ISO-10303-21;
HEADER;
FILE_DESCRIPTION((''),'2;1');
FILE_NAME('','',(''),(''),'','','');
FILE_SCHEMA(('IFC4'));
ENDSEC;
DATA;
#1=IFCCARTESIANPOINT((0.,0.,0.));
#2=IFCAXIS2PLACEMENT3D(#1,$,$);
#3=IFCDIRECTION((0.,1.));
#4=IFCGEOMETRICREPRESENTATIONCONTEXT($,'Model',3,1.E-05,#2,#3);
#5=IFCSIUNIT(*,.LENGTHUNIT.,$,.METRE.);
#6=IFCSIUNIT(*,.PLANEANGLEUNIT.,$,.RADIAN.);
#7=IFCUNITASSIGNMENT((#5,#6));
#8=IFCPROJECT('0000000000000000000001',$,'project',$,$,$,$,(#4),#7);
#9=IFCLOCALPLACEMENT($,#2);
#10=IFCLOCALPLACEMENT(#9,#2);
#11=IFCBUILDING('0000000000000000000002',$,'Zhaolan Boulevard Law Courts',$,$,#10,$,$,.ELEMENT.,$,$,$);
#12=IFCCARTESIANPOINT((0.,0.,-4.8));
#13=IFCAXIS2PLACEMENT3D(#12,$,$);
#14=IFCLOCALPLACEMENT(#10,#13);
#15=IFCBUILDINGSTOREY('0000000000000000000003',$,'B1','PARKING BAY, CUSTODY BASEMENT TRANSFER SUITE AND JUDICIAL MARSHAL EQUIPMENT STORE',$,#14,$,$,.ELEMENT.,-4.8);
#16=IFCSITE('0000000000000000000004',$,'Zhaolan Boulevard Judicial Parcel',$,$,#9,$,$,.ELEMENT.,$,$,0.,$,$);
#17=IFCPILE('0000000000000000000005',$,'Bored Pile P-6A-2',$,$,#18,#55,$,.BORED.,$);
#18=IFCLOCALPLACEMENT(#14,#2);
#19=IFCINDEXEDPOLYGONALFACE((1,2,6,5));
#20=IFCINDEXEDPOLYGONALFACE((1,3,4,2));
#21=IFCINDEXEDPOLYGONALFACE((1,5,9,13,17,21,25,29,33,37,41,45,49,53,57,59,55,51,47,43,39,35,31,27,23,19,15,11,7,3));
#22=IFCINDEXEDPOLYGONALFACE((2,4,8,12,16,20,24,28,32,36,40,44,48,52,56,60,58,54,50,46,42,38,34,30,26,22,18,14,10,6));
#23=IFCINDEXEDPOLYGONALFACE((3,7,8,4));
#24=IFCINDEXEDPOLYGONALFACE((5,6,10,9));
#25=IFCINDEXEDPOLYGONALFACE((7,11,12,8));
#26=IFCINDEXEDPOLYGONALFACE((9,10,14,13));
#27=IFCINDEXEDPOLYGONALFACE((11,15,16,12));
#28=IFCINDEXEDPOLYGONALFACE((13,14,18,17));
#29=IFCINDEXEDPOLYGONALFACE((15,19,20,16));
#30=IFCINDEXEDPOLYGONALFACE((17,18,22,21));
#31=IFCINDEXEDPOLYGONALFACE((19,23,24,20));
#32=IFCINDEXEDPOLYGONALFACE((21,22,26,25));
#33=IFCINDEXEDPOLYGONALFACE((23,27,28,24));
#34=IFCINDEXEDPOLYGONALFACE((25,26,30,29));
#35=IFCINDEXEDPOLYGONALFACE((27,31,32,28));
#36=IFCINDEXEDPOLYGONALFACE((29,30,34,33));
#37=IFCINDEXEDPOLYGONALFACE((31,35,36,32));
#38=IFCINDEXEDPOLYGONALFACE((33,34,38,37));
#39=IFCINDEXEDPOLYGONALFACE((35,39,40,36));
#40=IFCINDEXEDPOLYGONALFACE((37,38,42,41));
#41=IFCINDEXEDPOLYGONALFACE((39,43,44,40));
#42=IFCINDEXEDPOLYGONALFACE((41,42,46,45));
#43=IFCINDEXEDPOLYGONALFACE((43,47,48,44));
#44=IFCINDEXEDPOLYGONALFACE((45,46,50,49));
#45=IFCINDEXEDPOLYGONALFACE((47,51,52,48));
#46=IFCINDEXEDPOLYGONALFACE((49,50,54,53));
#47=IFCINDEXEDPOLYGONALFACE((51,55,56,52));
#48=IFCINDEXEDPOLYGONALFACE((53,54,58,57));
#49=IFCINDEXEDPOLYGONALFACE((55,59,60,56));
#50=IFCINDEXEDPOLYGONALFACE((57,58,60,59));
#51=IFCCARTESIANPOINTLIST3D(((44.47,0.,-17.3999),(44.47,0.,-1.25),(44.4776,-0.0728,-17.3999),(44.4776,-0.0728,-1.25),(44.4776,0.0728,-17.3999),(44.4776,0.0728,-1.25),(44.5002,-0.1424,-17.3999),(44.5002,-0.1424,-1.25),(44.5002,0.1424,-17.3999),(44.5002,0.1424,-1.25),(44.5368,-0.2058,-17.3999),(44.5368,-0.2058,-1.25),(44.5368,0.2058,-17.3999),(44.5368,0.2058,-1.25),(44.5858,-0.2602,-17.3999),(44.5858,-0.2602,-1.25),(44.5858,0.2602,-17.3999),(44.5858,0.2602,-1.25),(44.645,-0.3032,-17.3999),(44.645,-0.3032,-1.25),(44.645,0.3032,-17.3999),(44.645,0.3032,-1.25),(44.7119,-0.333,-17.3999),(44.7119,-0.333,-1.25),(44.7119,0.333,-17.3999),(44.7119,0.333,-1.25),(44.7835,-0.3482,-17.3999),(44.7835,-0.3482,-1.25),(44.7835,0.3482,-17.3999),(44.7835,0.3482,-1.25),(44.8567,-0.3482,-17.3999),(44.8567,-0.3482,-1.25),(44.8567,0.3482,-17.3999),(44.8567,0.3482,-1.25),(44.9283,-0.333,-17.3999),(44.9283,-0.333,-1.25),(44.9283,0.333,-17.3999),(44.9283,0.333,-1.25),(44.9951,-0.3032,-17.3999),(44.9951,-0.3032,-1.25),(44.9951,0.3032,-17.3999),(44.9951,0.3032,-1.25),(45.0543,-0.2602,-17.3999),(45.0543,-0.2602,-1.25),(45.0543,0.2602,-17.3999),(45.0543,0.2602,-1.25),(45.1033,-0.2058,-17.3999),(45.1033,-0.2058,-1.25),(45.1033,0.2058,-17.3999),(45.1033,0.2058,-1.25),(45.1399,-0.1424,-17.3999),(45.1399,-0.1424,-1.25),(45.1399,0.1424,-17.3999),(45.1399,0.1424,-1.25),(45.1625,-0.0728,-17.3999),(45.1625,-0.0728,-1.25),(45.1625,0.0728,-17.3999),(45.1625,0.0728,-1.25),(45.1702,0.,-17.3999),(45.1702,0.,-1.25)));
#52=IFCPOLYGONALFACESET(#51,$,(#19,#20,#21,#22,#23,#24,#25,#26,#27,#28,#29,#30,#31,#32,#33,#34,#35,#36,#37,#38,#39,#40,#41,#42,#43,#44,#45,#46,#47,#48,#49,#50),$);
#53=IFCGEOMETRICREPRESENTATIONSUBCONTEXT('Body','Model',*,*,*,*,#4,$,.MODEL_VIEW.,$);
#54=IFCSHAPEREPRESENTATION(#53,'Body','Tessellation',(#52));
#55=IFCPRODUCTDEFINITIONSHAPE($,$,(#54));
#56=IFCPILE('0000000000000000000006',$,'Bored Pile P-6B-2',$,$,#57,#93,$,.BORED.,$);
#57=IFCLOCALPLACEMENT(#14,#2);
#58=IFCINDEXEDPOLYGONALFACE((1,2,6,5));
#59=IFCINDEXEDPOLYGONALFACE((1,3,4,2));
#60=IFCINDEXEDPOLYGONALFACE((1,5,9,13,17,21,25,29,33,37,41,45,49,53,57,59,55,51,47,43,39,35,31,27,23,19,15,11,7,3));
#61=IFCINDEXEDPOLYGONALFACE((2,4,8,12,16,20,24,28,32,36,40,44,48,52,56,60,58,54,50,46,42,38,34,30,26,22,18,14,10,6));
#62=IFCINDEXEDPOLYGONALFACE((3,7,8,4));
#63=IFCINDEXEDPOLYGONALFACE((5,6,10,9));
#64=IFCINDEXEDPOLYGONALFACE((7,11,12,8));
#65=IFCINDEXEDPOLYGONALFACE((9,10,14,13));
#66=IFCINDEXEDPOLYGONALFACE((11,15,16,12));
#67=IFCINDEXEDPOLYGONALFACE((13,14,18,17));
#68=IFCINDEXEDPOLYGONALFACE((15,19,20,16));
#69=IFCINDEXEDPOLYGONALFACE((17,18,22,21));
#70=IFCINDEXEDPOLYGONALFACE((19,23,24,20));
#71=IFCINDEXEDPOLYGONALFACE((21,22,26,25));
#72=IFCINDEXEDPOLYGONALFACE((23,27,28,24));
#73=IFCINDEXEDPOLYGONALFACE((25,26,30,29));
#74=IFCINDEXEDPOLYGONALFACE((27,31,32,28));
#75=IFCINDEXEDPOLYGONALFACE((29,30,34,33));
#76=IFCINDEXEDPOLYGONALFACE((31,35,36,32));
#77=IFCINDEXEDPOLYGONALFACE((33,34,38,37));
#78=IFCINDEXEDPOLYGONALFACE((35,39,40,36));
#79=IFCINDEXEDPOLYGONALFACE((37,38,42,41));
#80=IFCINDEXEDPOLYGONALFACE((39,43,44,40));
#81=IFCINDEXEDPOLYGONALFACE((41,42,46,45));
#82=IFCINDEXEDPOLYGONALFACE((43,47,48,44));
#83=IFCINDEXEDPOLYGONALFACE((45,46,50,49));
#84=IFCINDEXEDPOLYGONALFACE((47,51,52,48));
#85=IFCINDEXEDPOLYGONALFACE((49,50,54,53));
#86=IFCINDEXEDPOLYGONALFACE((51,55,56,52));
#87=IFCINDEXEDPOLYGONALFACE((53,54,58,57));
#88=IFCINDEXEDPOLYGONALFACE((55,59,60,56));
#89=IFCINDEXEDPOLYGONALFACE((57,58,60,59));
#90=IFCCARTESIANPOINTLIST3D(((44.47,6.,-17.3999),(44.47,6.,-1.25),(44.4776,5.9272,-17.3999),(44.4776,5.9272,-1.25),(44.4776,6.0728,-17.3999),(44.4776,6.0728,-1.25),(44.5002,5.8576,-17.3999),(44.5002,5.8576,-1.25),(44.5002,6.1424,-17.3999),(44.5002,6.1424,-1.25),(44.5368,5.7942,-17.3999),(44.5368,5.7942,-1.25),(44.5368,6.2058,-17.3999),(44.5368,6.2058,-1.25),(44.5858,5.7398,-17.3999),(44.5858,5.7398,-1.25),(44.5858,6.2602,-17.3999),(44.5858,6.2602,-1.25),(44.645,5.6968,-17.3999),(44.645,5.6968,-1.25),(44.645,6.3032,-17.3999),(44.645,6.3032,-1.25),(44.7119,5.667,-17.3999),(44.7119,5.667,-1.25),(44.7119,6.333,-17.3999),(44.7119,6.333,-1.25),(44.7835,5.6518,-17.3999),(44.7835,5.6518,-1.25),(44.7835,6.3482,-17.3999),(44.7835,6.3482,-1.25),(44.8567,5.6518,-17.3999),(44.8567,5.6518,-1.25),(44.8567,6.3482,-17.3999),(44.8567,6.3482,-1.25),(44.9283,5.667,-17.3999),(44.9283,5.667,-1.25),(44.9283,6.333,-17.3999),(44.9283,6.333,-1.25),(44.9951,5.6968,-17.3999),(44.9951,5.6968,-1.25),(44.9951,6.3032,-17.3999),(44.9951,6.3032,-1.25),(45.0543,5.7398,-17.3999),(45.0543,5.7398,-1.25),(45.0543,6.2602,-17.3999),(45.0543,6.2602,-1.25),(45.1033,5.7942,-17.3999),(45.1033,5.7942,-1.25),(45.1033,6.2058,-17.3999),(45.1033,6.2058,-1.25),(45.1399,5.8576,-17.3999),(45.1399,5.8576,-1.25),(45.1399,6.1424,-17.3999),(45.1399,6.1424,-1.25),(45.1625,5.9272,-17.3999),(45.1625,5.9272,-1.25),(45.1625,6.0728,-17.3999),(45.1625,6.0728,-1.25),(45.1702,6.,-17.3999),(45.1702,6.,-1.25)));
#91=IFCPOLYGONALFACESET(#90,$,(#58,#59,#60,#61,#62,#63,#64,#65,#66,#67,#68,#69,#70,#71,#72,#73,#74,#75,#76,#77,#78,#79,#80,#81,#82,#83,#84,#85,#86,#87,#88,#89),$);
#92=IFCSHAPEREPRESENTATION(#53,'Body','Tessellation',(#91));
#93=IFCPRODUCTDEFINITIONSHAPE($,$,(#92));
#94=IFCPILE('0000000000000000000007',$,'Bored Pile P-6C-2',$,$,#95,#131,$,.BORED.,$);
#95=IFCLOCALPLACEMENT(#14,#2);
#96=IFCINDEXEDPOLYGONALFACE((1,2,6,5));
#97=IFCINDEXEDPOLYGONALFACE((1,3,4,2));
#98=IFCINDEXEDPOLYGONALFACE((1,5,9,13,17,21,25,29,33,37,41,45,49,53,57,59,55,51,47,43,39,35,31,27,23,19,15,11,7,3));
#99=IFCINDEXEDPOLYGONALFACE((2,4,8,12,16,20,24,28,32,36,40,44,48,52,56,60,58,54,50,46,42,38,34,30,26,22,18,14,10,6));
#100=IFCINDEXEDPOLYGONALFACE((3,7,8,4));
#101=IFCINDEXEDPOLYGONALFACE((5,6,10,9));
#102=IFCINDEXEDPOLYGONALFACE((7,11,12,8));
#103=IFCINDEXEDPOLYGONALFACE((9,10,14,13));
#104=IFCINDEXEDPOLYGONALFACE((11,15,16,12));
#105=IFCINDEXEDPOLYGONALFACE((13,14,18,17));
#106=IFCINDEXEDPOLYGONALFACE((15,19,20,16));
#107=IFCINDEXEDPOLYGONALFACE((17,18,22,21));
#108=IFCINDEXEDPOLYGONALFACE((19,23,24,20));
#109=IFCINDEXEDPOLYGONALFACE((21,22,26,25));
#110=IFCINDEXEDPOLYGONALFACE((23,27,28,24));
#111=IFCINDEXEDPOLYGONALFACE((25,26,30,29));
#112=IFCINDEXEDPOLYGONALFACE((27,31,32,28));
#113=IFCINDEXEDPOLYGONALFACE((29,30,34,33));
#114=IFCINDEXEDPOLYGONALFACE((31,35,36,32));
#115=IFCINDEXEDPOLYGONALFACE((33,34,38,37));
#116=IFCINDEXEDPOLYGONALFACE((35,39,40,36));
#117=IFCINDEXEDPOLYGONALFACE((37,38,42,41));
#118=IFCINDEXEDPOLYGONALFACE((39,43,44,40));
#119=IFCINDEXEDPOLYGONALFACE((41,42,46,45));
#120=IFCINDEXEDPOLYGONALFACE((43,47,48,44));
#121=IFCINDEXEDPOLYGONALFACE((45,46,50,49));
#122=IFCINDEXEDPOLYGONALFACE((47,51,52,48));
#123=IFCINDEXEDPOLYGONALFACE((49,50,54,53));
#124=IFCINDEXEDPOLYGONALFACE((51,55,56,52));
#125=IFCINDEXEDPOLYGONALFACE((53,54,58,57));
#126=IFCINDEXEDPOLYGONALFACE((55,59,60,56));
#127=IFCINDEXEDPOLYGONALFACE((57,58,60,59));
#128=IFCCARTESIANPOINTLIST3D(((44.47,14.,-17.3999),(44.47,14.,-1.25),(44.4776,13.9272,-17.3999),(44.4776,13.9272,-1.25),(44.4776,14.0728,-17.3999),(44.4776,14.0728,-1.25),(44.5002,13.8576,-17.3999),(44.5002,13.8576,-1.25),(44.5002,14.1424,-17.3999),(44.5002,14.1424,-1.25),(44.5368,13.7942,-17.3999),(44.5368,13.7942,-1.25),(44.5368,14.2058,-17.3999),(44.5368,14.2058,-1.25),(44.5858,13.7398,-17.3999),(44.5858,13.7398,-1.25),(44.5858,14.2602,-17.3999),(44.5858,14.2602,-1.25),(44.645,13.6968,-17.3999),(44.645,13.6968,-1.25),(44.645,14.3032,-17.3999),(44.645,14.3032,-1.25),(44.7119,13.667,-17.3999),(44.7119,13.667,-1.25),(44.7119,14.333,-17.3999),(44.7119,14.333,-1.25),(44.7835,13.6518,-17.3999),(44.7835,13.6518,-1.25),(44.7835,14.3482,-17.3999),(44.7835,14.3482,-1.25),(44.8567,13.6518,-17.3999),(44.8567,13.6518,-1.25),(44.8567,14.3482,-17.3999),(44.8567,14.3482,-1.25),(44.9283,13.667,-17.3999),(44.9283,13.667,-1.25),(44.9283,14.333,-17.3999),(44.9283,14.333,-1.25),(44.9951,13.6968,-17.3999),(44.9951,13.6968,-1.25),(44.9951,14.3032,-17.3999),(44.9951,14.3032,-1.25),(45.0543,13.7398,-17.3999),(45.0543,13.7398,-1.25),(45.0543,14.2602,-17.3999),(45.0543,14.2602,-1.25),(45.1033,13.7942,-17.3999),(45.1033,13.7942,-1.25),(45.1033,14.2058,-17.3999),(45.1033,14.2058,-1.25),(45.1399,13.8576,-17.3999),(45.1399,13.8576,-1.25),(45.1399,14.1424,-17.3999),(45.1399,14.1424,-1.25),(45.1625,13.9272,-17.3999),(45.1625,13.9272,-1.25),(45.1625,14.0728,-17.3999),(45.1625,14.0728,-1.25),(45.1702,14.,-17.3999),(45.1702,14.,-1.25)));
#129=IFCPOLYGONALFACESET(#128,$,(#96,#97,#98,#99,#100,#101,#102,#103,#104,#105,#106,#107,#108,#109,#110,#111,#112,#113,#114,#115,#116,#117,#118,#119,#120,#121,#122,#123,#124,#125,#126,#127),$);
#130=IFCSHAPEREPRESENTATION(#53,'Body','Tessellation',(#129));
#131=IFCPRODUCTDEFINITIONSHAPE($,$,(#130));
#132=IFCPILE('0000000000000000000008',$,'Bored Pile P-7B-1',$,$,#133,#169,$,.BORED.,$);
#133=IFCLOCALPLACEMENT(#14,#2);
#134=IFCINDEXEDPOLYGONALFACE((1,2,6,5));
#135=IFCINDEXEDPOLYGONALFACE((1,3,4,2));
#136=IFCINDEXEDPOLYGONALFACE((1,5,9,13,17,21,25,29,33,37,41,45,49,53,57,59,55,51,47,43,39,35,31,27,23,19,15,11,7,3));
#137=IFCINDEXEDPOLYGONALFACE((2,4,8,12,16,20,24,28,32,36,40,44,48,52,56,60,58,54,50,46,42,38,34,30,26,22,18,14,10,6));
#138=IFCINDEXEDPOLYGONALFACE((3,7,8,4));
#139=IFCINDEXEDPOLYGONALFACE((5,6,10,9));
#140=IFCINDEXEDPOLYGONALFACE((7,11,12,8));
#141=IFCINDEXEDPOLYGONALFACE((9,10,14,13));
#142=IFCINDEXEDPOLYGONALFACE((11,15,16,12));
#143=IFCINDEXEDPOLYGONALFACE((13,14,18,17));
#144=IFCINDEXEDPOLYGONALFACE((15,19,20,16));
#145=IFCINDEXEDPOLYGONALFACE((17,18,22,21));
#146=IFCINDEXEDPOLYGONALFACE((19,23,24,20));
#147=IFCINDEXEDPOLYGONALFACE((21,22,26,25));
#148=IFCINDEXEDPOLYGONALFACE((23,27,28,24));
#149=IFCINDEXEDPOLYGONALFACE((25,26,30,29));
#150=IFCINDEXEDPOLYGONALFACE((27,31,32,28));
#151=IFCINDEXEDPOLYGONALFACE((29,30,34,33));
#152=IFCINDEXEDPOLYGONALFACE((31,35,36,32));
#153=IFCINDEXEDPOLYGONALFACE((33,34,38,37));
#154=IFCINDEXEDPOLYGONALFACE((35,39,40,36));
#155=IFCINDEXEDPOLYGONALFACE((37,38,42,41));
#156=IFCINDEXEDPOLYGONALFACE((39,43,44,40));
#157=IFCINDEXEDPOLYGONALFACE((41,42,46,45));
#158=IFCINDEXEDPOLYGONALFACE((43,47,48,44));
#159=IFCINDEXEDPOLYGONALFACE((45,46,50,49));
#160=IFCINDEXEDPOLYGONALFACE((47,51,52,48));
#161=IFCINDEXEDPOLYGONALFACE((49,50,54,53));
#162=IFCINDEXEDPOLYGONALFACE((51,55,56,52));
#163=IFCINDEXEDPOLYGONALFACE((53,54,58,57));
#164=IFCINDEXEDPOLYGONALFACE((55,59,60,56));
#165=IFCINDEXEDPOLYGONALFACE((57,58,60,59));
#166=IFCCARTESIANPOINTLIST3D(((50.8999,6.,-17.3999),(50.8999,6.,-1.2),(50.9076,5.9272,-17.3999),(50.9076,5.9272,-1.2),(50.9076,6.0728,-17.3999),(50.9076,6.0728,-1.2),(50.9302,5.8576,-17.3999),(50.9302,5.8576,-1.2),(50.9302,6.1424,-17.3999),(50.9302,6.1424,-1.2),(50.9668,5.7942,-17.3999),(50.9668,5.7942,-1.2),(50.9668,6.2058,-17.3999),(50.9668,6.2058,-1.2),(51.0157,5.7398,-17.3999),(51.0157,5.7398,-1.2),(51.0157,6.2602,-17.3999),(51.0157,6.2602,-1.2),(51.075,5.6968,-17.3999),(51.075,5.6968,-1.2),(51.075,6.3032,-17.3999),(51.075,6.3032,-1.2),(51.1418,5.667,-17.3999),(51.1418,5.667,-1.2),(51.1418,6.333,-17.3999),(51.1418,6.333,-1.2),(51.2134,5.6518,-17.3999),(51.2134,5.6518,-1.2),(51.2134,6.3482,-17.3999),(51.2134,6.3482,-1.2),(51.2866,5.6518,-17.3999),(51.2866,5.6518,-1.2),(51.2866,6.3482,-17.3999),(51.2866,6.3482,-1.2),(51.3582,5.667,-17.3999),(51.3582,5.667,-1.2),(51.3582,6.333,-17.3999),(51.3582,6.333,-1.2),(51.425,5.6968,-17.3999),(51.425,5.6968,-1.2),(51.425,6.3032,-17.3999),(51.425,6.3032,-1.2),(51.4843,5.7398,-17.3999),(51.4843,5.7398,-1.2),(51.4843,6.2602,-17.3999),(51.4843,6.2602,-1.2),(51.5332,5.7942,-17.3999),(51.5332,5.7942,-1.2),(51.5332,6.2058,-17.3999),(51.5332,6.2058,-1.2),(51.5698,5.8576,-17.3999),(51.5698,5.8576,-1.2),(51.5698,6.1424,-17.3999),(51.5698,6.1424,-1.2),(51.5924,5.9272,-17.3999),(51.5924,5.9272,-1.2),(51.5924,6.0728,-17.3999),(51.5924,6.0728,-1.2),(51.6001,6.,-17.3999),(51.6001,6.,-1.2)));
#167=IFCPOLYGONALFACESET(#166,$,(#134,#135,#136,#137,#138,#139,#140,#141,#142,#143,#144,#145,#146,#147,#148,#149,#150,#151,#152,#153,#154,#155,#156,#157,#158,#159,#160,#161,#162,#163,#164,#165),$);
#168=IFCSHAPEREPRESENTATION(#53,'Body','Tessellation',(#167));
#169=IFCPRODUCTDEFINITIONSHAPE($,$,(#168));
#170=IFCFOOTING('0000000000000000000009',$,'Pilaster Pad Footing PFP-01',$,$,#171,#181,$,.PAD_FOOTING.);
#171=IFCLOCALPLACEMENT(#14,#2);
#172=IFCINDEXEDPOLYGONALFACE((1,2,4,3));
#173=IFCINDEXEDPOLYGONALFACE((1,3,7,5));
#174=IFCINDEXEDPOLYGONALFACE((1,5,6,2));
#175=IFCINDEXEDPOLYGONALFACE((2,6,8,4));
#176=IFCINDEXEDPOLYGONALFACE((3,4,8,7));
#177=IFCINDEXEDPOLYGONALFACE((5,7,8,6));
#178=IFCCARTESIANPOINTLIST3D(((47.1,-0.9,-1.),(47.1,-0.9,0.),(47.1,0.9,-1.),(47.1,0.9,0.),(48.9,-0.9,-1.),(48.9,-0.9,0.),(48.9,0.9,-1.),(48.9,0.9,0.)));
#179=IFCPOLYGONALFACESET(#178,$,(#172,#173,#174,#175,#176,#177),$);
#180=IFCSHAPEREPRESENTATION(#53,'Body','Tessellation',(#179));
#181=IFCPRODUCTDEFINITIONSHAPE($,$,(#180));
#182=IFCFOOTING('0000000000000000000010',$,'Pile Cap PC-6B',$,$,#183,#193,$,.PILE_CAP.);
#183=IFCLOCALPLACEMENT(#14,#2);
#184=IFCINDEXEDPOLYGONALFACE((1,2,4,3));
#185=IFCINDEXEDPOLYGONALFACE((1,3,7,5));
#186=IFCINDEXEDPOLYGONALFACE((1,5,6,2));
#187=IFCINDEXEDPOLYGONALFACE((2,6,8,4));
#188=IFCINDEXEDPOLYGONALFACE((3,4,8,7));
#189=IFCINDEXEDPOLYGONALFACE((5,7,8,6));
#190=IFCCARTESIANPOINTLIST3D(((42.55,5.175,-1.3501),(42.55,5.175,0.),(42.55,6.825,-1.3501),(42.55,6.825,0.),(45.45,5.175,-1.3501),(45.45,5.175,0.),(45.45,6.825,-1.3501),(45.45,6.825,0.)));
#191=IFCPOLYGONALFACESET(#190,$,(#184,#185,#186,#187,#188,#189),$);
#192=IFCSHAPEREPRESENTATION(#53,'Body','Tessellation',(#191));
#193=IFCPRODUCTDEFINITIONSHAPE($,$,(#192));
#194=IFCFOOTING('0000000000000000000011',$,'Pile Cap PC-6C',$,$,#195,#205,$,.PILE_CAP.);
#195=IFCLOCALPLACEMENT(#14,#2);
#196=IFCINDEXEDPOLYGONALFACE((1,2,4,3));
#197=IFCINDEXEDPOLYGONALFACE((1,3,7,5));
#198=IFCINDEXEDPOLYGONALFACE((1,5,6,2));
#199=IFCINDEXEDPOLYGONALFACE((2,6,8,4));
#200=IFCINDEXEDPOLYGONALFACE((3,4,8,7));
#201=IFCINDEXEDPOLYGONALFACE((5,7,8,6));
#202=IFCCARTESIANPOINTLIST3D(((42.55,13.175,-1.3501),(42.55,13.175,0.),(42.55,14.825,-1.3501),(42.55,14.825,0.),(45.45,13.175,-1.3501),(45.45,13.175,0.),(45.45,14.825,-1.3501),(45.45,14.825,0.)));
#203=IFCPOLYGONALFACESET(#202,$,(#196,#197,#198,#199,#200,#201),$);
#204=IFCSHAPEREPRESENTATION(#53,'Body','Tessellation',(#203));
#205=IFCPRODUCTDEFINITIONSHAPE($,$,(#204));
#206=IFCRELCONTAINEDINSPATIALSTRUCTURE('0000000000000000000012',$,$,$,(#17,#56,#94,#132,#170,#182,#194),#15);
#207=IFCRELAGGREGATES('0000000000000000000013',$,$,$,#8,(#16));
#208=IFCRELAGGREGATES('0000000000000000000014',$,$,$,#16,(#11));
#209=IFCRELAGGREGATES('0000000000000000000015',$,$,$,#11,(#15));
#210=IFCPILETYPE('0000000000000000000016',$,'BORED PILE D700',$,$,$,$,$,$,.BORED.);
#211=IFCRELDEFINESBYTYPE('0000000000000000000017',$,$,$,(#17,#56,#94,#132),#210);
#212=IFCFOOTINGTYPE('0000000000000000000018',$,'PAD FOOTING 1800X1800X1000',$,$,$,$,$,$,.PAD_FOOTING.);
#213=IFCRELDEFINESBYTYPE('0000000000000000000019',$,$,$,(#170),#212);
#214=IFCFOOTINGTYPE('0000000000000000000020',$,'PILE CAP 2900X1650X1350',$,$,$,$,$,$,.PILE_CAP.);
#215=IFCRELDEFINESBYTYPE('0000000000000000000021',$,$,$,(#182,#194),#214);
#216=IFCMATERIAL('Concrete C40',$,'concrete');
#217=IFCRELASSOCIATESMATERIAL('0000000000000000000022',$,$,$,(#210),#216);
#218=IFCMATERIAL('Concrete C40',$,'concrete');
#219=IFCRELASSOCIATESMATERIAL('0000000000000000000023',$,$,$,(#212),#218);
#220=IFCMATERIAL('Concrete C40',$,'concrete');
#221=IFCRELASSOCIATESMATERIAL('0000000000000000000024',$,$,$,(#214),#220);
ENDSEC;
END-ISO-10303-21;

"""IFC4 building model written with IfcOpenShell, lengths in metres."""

from ifc_helpers import new_model, si_unit, direction, frame, origin, origin_2d, place, context, subcontext, project, spatial, rectangle, circle, extrude, material, material_profile, profile_set, type_object, element, save


model = new_model("IFC4")

# Units and contexts
model_context = context("Model", 3, precision=1e-05, world=origin(), true_north=direction((0.0, 1.0)))
body_context = subcontext(model_context, "Body", "Model", "MODEL_VIEW")
ifc_project = project(units=[si_unit("LENGTHUNIT", "METRE"), si_unit("PLANEANGLEUNIT", "RADIAN")], contexts=[model_context])

# Site, building, storey
site_placement = place(None, origin())
site = spatial("IfcSite", under=ifc_project, at=site_placement, Name="Zhaolan Boulevard Judicial Parcel", CompositionType="ELEMENT", RefElevation=0.0)
building_placement = place(site_placement, origin())
building = spatial("IfcBuilding", under=site, at=building_placement, Name="Zhaolan Boulevard Law Courts", CompositionType="ELEMENT")
storey_placement = place(building_placement, frame((0.0, 0.0, -4.8)))
storey = spatial("IfcBuildingStorey", under=building, at=storey_placement, Name="B1", Description="PARKING BAY, CUSTODY BASEMENT TRANSFER SUITE AND JUDICIAL MARSHAL EQUIPMENT STORE", CompositionType="ELEMENT", Elevation=-4.8)

# Piles
ifc_material_1 = material(Name="Concrete C40", Category="concrete")
ifc_material_profile_1 = material_profile(ifc_material_1, circle(Radius=0.3501, at=origin_2d()), Name="PILE-D700")
ifc_profile_set_1 = profile_set([ifc_material_profile_1], Name="Concrete C40")
pile_type = type_object("IfcPileType", Name="BORED PILE D700", PredefinedType="BORED", material=ifc_profile_set_1)
for number, where, z_axis, x_axis, name in (
    (1, (44.8201, 0.0, -1.25), (0.0, 0.0, -1.0), (1.0, 0.0, 0.0), "Bored Pile P-6A-2"),
    (2, (44.8201, 6.0, -1.25), (0.0, 0.0, -1.0), (1.0, 0.0, 0.0), "Bored Pile P-6B-2"),
    (3, (44.8201, 14.0, -1.25), (0.0, 0.0, -1.0), (1.0, 0.0, 0.0), "Bored Pile P-6C-2"),
):
    element("IfcPile", number, at=place(storey_placement, frame(where, z_axis=z_axis, x_axis=x_axis)), inside=storey, type_object=pile_type, Name=name, PredefinedType="BORED", context=body_context, shape_type="SweptSolid", body=[
        extrude(circle(Radius=0.3501, at=origin_2d()), origin(), (0.0, 0.0, 1.0), 16.1499),
    ])
pile_placement = place(storey_placement, frame((51.25, 6.0, -1.2), z_axis=(0.0, 0.0, -1.0), x_axis=(1.0, 0.0, 0.0)))
element("IfcPile", 4, at=pile_placement, inside=storey, type_object=pile_type, Name="Bored Pile P-7B-1", PredefinedType="BORED", context=body_context, shape_type="SweptSolid", body=[
    extrude(circle(Radius=0.3501, at=origin_2d()), origin(), (0.0, 0.0, 1.0), 16.2),
])

# Footings
ifc_material_2 = material(Name="Concrete C40", Category="concrete")
footing_type_1 = type_object("IfcFootingType", Name="PAD FOOTING 1800X1800X1000", PredefinedType="PAD_FOOTING", material=ifc_material_2)
footing_1_placement = place(storey_placement, frame((48.0, 0.0, -1.0), z_axis=(0.0, 0.0, 1.0), x_axis=(1.0, 0.0, 0.0)))
element("IfcFooting", 5, at=footing_1_placement, inside=storey, type_object=footing_type_1, Name="Pilaster Pad Footing PFP-01", PredefinedType="PAD_FOOTING", context=body_context, shape_type="SweptSolid", body=[
    extrude(rectangle(XDim=1.8, YDim=1.8, at=origin_2d()), origin(), (0.0, 0.0, 1.0), 1.0),
])
ifc_material_3 = material(Name="Concrete C40", Category="concrete")
footing_type_2 = type_object("IfcFootingType", Name="PILE CAP 2900X1650X1350", PredefinedType="PILE_CAP", material=ifc_material_3)
for number, where, z_axis, x_axis, name in (
    (6, (44.0, 6.0, -1.3501), (0.0, 0.0, 1.0), (1.0, 0.0, 0.0), "Pile Cap PC-6B"),
    (7, (44.0, 14.0, -1.3501), (0.0, 0.0, 1.0), (1.0, 0.0, 0.0), "Pile Cap PC-6C"),
):
    element("IfcFooting", number, at=place(storey_placement, frame(where, z_axis=z_axis, x_axis=x_axis)), inside=storey, type_object=footing_type_2, Name=name, PredefinedType="PILE_CAP", context=body_context, shape_type="SweptSolid", body=[
        extrude(rectangle(XDim=2.8999, YDim=1.6499, at=origin_2d()), origin(), (0.0, 0.0, 1.0), 1.3501),
    ])

save(model, "model.ifc")
